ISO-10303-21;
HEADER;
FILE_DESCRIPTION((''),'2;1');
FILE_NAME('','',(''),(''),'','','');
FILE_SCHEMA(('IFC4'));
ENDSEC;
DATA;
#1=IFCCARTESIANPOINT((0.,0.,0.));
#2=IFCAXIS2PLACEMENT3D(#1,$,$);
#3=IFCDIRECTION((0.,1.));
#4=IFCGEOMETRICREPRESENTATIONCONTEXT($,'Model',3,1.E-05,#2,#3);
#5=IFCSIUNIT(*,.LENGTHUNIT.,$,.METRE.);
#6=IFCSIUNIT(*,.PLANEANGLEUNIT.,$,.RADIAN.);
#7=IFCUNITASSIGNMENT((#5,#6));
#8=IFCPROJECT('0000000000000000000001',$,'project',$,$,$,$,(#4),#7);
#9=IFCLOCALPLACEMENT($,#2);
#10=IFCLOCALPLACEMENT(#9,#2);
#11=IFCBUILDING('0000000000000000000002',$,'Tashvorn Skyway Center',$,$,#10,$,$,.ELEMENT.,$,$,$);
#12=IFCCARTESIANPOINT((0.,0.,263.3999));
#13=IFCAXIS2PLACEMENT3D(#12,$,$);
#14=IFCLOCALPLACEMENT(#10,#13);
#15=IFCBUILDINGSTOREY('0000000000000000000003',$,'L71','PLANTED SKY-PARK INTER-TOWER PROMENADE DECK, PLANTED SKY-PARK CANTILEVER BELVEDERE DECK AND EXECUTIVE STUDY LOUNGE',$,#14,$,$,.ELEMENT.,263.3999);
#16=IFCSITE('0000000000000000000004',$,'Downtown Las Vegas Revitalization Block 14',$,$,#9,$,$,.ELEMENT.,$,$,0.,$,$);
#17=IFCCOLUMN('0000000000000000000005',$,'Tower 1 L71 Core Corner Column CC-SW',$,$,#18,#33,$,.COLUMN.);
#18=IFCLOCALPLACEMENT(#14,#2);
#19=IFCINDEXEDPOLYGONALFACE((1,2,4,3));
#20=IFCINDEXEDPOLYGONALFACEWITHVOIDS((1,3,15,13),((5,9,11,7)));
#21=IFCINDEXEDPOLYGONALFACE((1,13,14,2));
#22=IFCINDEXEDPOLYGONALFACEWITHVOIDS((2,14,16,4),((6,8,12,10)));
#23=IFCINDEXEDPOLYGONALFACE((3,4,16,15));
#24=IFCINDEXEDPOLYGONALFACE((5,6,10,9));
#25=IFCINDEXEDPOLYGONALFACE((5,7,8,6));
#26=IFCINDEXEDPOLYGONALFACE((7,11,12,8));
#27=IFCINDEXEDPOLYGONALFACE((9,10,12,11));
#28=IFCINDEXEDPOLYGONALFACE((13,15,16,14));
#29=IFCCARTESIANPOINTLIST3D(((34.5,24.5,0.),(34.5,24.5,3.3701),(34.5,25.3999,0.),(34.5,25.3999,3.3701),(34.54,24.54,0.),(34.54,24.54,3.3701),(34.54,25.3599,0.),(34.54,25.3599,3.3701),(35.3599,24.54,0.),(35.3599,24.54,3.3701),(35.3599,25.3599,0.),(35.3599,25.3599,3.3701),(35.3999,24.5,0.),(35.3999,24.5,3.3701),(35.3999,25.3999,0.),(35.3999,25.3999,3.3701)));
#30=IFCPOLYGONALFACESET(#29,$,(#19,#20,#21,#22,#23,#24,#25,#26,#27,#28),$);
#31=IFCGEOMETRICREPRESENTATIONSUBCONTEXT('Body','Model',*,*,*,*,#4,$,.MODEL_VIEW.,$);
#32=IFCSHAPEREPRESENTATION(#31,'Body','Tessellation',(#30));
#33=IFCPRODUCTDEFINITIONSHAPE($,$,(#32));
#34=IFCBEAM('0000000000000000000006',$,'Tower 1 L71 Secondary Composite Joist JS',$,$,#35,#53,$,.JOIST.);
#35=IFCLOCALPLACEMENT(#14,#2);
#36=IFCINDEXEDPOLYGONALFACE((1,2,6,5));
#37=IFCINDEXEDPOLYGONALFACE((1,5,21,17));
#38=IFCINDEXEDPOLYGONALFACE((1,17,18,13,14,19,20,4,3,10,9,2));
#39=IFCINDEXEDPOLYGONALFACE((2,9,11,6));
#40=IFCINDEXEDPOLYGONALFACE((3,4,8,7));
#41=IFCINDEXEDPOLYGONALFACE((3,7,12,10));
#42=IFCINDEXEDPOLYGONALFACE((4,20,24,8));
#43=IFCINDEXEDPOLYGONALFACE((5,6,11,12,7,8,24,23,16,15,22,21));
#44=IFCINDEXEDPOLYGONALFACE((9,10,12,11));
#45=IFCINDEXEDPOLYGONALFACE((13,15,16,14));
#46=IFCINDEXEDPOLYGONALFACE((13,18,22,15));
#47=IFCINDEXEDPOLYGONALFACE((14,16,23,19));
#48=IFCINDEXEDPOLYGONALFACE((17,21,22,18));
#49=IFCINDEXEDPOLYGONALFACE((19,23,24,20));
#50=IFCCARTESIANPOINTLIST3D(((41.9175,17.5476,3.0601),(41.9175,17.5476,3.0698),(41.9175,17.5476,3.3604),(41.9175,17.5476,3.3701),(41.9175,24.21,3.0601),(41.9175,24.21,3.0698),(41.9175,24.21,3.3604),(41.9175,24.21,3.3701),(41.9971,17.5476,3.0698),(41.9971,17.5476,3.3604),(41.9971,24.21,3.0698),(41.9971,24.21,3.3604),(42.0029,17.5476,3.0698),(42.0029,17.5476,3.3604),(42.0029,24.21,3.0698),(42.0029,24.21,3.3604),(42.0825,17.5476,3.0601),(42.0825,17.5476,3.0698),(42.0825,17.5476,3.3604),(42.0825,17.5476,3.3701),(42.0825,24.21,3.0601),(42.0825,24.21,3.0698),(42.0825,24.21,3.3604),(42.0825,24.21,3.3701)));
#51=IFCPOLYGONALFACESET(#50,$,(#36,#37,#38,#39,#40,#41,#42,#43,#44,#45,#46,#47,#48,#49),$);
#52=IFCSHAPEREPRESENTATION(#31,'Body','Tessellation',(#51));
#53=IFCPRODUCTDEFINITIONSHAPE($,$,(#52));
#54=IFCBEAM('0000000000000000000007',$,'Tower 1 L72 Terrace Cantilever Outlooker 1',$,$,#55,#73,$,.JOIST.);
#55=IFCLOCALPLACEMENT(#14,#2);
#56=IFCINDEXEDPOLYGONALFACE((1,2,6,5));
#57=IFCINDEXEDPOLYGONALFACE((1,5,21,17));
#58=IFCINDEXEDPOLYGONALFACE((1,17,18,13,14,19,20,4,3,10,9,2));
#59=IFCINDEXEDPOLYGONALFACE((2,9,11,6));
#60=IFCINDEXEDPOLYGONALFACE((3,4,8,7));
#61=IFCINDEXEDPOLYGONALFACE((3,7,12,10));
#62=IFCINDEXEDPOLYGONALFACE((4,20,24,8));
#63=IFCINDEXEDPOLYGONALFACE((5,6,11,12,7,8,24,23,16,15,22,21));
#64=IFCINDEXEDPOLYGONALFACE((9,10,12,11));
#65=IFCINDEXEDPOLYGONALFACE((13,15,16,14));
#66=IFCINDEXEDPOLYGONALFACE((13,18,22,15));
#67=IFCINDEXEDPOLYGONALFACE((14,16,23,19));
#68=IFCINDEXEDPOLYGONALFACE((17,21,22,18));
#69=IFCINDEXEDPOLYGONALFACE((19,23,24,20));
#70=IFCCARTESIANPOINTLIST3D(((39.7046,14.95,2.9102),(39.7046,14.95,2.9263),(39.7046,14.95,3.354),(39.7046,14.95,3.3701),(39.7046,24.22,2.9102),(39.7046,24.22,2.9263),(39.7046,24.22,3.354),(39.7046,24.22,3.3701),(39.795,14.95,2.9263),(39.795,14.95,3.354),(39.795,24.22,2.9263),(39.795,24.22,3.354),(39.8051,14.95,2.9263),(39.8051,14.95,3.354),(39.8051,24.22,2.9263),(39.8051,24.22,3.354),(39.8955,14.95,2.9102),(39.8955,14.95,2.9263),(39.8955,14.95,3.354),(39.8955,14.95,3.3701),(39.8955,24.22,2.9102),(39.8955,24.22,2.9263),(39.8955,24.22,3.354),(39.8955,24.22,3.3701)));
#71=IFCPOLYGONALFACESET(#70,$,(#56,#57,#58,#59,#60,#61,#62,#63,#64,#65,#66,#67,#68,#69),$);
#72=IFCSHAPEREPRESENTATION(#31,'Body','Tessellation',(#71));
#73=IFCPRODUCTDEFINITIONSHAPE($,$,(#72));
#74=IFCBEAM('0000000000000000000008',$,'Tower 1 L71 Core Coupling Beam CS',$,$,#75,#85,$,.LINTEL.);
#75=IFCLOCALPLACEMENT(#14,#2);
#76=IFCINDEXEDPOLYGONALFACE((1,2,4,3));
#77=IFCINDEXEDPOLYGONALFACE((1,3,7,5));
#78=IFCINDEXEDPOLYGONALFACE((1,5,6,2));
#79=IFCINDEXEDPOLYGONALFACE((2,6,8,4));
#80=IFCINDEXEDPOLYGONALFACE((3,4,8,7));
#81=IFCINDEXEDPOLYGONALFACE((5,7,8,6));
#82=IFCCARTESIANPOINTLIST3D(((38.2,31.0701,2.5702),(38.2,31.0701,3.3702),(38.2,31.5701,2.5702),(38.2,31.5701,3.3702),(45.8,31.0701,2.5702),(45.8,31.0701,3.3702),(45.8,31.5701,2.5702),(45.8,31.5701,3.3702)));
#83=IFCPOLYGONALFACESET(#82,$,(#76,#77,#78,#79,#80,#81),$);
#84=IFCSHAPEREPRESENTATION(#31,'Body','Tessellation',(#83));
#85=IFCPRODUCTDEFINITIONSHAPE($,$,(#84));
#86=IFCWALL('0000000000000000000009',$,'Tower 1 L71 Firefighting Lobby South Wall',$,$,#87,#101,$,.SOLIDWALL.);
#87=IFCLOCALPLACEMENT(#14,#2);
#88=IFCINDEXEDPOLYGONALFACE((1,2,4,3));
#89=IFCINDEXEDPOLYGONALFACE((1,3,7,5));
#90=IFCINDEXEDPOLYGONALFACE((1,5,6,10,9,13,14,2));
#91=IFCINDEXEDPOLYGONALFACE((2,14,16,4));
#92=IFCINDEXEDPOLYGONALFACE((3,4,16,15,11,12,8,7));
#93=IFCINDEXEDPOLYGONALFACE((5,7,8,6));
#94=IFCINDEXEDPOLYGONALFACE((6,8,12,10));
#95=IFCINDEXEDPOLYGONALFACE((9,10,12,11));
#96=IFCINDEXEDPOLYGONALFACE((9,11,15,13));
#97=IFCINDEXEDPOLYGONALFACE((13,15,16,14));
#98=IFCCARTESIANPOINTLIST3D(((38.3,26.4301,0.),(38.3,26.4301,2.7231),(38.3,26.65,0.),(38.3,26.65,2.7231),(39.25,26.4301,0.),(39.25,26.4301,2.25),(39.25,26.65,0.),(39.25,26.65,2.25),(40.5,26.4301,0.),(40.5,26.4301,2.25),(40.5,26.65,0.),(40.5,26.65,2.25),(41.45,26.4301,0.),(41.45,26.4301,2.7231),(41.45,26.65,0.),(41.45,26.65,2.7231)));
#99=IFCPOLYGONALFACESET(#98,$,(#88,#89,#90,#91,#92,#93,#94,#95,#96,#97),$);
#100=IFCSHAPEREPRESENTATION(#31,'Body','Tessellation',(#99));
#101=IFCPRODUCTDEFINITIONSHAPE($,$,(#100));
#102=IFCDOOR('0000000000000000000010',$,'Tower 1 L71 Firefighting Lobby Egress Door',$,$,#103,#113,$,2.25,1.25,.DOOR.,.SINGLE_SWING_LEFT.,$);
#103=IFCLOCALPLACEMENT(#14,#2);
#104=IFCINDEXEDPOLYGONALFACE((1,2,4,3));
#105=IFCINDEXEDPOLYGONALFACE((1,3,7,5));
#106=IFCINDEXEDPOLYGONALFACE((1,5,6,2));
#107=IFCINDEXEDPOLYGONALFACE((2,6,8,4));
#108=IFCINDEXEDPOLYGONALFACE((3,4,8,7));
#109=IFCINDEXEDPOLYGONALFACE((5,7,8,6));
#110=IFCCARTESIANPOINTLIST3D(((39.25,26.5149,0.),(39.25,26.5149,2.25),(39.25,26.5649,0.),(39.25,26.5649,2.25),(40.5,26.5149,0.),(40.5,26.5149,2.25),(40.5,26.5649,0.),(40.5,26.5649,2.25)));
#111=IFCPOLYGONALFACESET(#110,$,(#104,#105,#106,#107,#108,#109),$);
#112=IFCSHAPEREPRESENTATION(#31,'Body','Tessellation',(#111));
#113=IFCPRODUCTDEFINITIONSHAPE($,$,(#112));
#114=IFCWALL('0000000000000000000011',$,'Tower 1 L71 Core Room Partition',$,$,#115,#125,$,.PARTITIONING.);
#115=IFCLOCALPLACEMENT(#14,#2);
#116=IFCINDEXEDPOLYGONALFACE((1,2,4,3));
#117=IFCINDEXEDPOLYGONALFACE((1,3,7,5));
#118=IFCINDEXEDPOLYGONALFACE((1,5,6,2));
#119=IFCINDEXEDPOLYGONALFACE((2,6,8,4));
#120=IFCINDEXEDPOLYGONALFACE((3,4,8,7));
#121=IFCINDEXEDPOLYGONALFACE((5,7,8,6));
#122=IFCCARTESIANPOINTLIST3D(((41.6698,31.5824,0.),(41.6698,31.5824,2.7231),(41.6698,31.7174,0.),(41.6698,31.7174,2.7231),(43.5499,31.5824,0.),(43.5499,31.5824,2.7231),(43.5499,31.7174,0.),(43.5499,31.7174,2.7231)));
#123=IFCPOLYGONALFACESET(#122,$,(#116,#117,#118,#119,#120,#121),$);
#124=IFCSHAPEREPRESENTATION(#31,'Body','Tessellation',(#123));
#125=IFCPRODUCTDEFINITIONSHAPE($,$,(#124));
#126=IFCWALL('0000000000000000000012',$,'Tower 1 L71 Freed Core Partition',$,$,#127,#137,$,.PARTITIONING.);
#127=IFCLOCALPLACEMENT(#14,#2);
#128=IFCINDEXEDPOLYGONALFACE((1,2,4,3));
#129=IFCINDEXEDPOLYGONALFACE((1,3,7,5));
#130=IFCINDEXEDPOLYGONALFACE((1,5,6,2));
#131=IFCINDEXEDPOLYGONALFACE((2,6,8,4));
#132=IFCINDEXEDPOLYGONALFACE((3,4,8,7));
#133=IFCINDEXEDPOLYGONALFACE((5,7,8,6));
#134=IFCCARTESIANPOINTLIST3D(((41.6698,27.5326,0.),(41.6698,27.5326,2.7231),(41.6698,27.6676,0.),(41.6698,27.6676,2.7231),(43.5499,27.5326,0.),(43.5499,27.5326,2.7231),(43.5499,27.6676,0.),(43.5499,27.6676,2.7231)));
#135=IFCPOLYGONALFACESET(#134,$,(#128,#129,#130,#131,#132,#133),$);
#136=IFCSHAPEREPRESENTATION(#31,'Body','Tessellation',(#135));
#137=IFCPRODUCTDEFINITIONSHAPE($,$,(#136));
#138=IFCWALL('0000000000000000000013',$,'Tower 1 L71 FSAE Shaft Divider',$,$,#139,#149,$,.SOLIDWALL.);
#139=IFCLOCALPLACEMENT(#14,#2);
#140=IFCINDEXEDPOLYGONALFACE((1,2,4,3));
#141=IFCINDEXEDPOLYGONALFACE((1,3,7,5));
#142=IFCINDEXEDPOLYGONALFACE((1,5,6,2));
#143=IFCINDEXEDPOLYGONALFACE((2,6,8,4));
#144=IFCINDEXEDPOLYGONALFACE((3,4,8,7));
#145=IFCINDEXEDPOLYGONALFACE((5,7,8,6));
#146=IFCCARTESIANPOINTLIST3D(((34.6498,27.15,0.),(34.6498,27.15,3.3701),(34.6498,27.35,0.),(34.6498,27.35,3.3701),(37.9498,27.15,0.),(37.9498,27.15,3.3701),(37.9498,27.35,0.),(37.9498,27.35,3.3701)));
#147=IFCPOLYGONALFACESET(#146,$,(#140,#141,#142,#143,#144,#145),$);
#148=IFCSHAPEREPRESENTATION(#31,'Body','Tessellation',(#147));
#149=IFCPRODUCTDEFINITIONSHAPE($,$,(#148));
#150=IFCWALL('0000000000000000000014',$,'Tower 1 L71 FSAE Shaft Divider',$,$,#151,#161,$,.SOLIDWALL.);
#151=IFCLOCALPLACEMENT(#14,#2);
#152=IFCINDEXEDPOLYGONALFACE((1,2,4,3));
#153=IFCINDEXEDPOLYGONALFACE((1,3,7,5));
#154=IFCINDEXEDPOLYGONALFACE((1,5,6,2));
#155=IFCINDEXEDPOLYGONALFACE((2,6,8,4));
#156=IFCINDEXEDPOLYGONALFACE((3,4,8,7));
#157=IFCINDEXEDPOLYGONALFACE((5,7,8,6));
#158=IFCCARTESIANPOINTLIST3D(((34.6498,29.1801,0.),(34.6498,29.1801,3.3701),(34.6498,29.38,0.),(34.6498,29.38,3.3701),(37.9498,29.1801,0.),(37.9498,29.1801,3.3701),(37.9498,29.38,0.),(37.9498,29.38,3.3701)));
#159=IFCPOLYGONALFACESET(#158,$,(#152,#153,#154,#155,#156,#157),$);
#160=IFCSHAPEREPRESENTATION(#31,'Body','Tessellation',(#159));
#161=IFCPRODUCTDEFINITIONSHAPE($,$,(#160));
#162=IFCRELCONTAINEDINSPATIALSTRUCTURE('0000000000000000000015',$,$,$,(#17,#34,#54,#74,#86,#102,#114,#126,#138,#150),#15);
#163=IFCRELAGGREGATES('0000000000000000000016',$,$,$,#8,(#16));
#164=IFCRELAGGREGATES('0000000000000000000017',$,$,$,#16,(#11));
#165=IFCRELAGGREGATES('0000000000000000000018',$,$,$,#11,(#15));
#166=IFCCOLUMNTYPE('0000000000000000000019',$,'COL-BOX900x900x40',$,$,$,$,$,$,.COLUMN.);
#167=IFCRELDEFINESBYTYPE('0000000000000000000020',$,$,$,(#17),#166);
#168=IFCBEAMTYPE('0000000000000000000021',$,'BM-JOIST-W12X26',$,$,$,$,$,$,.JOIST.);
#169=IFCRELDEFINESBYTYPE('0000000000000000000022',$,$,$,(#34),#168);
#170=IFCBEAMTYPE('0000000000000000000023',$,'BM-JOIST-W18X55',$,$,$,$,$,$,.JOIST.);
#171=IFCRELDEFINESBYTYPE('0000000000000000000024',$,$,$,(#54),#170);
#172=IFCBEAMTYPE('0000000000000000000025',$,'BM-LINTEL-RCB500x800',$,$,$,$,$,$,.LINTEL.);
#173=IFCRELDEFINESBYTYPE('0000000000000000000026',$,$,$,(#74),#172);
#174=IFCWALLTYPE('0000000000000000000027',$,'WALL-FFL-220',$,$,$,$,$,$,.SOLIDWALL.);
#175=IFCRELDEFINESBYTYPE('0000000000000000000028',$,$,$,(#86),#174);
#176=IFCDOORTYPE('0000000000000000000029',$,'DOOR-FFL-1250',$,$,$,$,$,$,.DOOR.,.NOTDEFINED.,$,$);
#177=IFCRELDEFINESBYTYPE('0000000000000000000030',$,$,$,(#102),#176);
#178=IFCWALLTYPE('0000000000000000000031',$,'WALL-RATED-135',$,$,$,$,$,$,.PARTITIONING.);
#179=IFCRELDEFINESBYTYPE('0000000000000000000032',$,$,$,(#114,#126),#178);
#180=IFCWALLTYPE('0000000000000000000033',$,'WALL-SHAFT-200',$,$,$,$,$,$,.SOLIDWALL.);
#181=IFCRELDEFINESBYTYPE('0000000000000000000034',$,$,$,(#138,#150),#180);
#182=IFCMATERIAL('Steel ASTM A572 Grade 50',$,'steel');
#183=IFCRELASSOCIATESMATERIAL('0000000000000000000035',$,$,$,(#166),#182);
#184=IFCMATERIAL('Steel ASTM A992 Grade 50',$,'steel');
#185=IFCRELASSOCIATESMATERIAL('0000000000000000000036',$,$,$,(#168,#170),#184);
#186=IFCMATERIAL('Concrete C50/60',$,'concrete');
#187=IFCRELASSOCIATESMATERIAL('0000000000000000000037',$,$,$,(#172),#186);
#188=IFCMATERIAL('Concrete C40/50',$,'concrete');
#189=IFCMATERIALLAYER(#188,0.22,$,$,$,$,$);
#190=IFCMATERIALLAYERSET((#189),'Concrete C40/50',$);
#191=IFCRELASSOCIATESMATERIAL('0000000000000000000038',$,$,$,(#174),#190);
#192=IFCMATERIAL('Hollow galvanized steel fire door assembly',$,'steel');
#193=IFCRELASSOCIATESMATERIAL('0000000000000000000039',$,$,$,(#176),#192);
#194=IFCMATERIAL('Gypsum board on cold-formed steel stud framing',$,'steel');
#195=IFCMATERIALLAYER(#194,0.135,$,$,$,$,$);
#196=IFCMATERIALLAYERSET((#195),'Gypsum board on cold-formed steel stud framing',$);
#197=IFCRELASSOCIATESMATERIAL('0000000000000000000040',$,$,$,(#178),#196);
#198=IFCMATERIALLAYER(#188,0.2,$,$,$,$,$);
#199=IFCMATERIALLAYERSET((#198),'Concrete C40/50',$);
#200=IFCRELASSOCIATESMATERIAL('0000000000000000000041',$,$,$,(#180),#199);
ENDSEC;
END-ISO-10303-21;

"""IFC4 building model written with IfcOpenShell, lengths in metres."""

from ifc_helpers import new_model, si_unit, direction, frame, frame_2d, origin, origin_2d, place, context, subcontext, project, spatial, rectangle, hollow_rectangle, i_section, extrude, material, layer, layer_set, material_profile, profile_set, type_object, element, fill, save


model = new_model("IFC4")

# Units and contexts
model_context = context("Model", 3, precision=1e-05, world=origin(), true_north=direction((0.0, 1.0)))
body_context = subcontext(model_context, "Body", "Model", "MODEL_VIEW")
ifc_project = project(units=[si_unit("LENGTHUNIT", "METRE"), si_unit("PLANEANGLEUNIT", "RADIAN")], contexts=[model_context])

# Site, building, storey
site_placement = place(None, origin())
site = spatial("IfcSite", under=ifc_project, at=site_placement, Name="Downtown Las Vegas Revitalization Block 14", CompositionType="ELEMENT", RefElevation=0.0)
building_placement = place(site_placement, origin())
building = spatial("IfcBuilding", under=site, at=building_placement, Name="Tashvorn Skyway Center", CompositionType="ELEMENT")
storey_placement = place(building_placement, frame((0.0, 0.0, 263.3999)))
storey = spatial("IfcBuildingStorey", under=building, at=storey_placement, Name="L71", Description="PLANTED SKY-PARK INTER-TOWER PROMENADE DECK, PLANTED SKY-PARK CANTILEVER BELVEDERE DECK AND EXECUTIVE STUDY LOUNGE", CompositionType="ELEMENT", Elevation=263.3999)

# Column
ifc_material_1 = material(Name="Steel ASTM A572 Grade 50", Category="steel")
ifc_material_profile_1 = material_profile(ifc_material_1, hollow_rectangle(XDim=0.8999, YDim=0.8999, WallThickness=0.04, at=origin_2d()), Name="BOX900x900x40")
ifc_profile_set_1 = profile_set([ifc_material_profile_1], Name="Steel ASTM A572 Grade 50")
column_type = type_object("IfcColumnType", Name="COL-BOX900x900x40", PredefinedType="COLUMN", material=ifc_profile_set_1)
column_placement = place(storey_placement, frame((34.95, 24.95, 0.0), z_axis=(0.0, 0.0, 1.0), x_axis=(1.0, 0.0, 0.0)))
element("IfcColumn", 1, at=column_placement, inside=storey, type_object=column_type, Name="Tower 1 L71 Core Corner Column CC-SW", PredefinedType="COLUMN", context=body_context, shape_type="SweptSolid", body=[
    extrude(hollow_rectangle(XDim=0.8999, YDim=0.8999, WallThickness=0.04, at=origin_2d()), origin(), (0.0, 0.0, 1.0), 3.3701),
])

# Beams
ifc_material_2 = material(Name="Steel ASTM A992 Grade 50", Category="steel")
ifc_material_profile_2 = material_profile(ifc_material_2, i_section(OverallWidth=0.165, OverallDepth=0.3101, WebThickness=0.0059, FlangeThickness=0.0098, at=origin_2d()), Name="W12X26")
ifc_profile_set_2 = profile_set([ifc_material_profile_2], Name="Steel ASTM A992 Grade 50")
beam_type_1 = type_object("IfcBeamType", Name="BM-JOIST-W12X26", PredefinedType="JOIST", material=ifc_profile_set_2)
beam_1_placement = place(storey_placement, frame((42.0, 24.21, 3.2151), z_axis=(0.0, -1.0, 0.0), x_axis=(1.0, 0.0, 0.0)))
element("IfcBeam", 2, at=beam_1_placement, inside=storey, type_object=beam_type_1, Name="Tower 1 L71 Secondary Composite Joist JS", PredefinedType="JOIST", context=body_context, shape_type="SweptSolid", body=[
    extrude(i_section(OverallWidth=0.165, OverallDepth=0.3101, WebThickness=0.0059, FlangeThickness=0.0098, at=origin_2d()), origin(), (0.0, 0.0, 1.0), 6.6624),
])
ifc_material_profile_3 = material_profile(ifc_material_2, i_section(OverallWidth=0.1909, OverallDepth=0.46, WebThickness=0.01, FlangeThickness=0.0161, at=origin_2d()), Name="W18X55")
ifc_profile_set_3 = profile_set([ifc_material_profile_3], Name="Steel ASTM A992 Grade 50")
beam_type_2 = type_object("IfcBeamType", Name="BM-JOIST-W18X55", PredefinedType="JOIST", material=ifc_profile_set_3)
beam_2_placement = place(storey_placement, frame((39.8, 24.22, 3.1401), z_axis=(0.0, -1.0, 0.0), x_axis=(1.0, 0.0, 0.0)))
element("IfcBeam", 3, at=beam_2_placement, inside=storey, type_object=beam_type_2, Name="Tower 1 L72 Terrace Cantilever Outlooker 1", PredefinedType="JOIST", context=body_context, shape_type="SweptSolid", body=[
    extrude(i_section(OverallWidth=0.1909, OverallDepth=0.46, WebThickness=0.01, FlangeThickness=0.0161, at=origin_2d()), origin(), (0.0, 0.0, 1.0), 9.27),
])
ifc_material_3 = material(Name="Concrete C50/60", Category="concrete")
ifc_material_profile_4 = material_profile(ifc_material_3, rectangle(XDim=0.5, YDim=0.8, at=origin_2d()), Name="RCB500x800")
ifc_profile_set_4 = profile_set([ifc_material_profile_4], Name="Concrete C50/60")
beam_type_3 = type_object("IfcBeamType", Name="BM-LINTEL-RCB500x800", PredefinedType="LINTEL", material=ifc_profile_set_4)
beam_3_placement = place(storey_placement, frame((38.2, 31.3201, 2.9702), z_axis=(1.0, 0.0, 0.0), x_axis=(0.0, 1.0, 0.0)))
element("IfcBeam", 4, at=beam_3_placement, inside=storey, type_object=beam_type_3, Name="Tower 1 L71 Core Coupling Beam CS", PredefinedType="LINTEL", context=body_context, shape_type="SweptSolid", body=[
    extrude(rectangle(XDim=0.5, YDim=0.8, at=origin_2d()), origin(), (0.0, 0.0, 1.0), 7.6001),
])

# Wall, opening, door
ifc_material_4 = material(Name="Concrete C40/50", Category="concrete")
ifc_layer_1 = layer(ifc_material_4, 0.22)
ifc_layer_set_1 = layer_set([ifc_layer_1], Name="Concrete C40/50")
wall_type_1 = type_object("IfcWallType", Name="WALL-FFL-220", PredefinedType="SOLIDWALL", material=ifc_layer_set_1)
wall_1_placement = place(storey_placement, frame((38.3, 26.54, 0.0), z_axis=(0.0, 0.0, 1.0), x_axis=(1.0, 0.0, 0.0)))
wall_1 = element("IfcWall", 5, at=wall_1_placement, inside=storey, type_object=wall_type_1, Name="Tower 1 L71 Firefighting Lobby South Wall", PredefinedType="SOLIDWALL", context=body_context, shape_type="SweptSolid", body=[
    extrude(rectangle(XDim=3.1499, YDim=0.22, at=frame_2d((1.575, 0.0))), origin(), (0.0, 0.0, 1.0), 2.7231),
])
opening_1_placement = place(wall_1_placement, frame((0.95, 0.0, 0.0)))
opening_1 = element("IfcOpeningElement", 6, at=opening_1_placement, cuts=wall_1, PredefinedType="OPENING", context=body_context, shape_type="SweptSolid", body=[
    extrude(rectangle(XDim=1.25, YDim=2.25, at=frame_2d((0.625, 1.125))), frame((0.0, 0.1199, 0.0), z_axis=(0.0, -1.0, 0.0), x_axis=(1.0, 0.0, 0.0)), (0.0, 0.0, 1.0), 0.24),
])
ifc_material_5 = material(Name="Hollow galvanized steel fire door assembly", Category="steel")
door_type_1 = type_object("IfcDoorType", Name="DOOR-FFL-1250", OperationType="NOTDEFINED", PredefinedType="DOOR", material=ifc_material_5)
door_1_placement = place(opening_1_placement, origin())
door_1 = element("IfcDoor", 7, at=door_1_placement, inside=storey, type_object=door_type_1, Name="Tower 1 L71 Firefighting Lobby Egress Door", OperationType="SINGLE_SWING_LEFT", OverallHeight=2.25, OverallWidth=1.25, PredefinedType="DOOR", context=body_context, shape_type="SweptSolid", body=[
    extrude(rectangle(XDim=1.25, YDim=2.25, at=frame_2d((0.625, 1.125))), frame((0.0, 0.0249, 0.0), z_axis=(0.0, -1.0, 0.0), x_axis=(1.0, 0.0, 0.0)), (0.0, 0.0, 1.0), 0.05),
])
fill(opening_1, door_1)

# Walls
ifc_material_6 = material(Name="Gypsum board on cold-formed steel stud framing", Category="steel")
ifc_layer_2 = layer(ifc_material_6, 0.135)
ifc_layer_set_2 = layer_set([ifc_layer_2], Name="Gypsum board on cold-formed steel stud framing")
wall_type_2 = type_object("IfcWallType", Name="WALL-RATED-135", PredefinedType="PARTITIONING", material=ifc_layer_set_2)
for number, where, z_axis, x_axis, name in (
    (8, (41.6699, 31.6499, 0.0), (0.0, 0.0, 1.0), (1.0, 0.0, 0.0), "Tower 1 L71 Core Room Partition"),
    (9, (41.6699, 27.6001, 0.0), (0.0, 0.0, 1.0), (1.0, 0.0, 0.0), "Tower 1 L71 Freed Core Partition"),
):
    element("IfcWall", number, at=place(storey_placement, frame(where, z_axis=z_axis, x_axis=x_axis)), inside=storey, type_object=wall_type_2, Name=name, PredefinedType="PARTITIONING", context=body_context, shape_type="SweptSolid", body=[
        extrude(rectangle(XDim=1.8801, YDim=0.135, at=frame_2d((0.9399, 0.0))), origin(), (0.0, 0.0, 1.0), 2.7231),
    ])
ifc_layer_3 = layer(ifc_material_4, 0.2)
ifc_layer_set_3 = layer_set([ifc_layer_3], Name="Concrete C40/50")
wall_type_3 = type_object("IfcWallType", Name="WALL-SHAFT-200", PredefinedType="SOLIDWALL", material=ifc_layer_set_3)
for number, where, z_axis, x_axis, name in (
    (10, (34.6499, 27.25, 0.0), (0.0, 0.0, 1.0), (1.0, 0.0, 0.0), "Tower 1 L71 FSAE Shaft Divider"),
    (11, (34.6499, 29.28, 0.0), (0.0, 0.0, 1.0), (1.0, 0.0, 0.0), "Tower 1 L71 FSAE Shaft Divider"),
):
    element("IfcWall", number, at=place(storey_placement, frame(where, z_axis=z_axis, x_axis=x_axis)), inside=storey, type_object=wall_type_3, Name=name, PredefinedType="SOLIDWALL", context=body_context, shape_type="SweptSolid", body=[
        extrude(rectangle(XDim=3.3, YDim=0.2, at=frame_2d((1.6499, 0.0))), origin(), (0.0, 0.0, 1.0), 3.3701),
    ])

save(model, "model.ifc")
